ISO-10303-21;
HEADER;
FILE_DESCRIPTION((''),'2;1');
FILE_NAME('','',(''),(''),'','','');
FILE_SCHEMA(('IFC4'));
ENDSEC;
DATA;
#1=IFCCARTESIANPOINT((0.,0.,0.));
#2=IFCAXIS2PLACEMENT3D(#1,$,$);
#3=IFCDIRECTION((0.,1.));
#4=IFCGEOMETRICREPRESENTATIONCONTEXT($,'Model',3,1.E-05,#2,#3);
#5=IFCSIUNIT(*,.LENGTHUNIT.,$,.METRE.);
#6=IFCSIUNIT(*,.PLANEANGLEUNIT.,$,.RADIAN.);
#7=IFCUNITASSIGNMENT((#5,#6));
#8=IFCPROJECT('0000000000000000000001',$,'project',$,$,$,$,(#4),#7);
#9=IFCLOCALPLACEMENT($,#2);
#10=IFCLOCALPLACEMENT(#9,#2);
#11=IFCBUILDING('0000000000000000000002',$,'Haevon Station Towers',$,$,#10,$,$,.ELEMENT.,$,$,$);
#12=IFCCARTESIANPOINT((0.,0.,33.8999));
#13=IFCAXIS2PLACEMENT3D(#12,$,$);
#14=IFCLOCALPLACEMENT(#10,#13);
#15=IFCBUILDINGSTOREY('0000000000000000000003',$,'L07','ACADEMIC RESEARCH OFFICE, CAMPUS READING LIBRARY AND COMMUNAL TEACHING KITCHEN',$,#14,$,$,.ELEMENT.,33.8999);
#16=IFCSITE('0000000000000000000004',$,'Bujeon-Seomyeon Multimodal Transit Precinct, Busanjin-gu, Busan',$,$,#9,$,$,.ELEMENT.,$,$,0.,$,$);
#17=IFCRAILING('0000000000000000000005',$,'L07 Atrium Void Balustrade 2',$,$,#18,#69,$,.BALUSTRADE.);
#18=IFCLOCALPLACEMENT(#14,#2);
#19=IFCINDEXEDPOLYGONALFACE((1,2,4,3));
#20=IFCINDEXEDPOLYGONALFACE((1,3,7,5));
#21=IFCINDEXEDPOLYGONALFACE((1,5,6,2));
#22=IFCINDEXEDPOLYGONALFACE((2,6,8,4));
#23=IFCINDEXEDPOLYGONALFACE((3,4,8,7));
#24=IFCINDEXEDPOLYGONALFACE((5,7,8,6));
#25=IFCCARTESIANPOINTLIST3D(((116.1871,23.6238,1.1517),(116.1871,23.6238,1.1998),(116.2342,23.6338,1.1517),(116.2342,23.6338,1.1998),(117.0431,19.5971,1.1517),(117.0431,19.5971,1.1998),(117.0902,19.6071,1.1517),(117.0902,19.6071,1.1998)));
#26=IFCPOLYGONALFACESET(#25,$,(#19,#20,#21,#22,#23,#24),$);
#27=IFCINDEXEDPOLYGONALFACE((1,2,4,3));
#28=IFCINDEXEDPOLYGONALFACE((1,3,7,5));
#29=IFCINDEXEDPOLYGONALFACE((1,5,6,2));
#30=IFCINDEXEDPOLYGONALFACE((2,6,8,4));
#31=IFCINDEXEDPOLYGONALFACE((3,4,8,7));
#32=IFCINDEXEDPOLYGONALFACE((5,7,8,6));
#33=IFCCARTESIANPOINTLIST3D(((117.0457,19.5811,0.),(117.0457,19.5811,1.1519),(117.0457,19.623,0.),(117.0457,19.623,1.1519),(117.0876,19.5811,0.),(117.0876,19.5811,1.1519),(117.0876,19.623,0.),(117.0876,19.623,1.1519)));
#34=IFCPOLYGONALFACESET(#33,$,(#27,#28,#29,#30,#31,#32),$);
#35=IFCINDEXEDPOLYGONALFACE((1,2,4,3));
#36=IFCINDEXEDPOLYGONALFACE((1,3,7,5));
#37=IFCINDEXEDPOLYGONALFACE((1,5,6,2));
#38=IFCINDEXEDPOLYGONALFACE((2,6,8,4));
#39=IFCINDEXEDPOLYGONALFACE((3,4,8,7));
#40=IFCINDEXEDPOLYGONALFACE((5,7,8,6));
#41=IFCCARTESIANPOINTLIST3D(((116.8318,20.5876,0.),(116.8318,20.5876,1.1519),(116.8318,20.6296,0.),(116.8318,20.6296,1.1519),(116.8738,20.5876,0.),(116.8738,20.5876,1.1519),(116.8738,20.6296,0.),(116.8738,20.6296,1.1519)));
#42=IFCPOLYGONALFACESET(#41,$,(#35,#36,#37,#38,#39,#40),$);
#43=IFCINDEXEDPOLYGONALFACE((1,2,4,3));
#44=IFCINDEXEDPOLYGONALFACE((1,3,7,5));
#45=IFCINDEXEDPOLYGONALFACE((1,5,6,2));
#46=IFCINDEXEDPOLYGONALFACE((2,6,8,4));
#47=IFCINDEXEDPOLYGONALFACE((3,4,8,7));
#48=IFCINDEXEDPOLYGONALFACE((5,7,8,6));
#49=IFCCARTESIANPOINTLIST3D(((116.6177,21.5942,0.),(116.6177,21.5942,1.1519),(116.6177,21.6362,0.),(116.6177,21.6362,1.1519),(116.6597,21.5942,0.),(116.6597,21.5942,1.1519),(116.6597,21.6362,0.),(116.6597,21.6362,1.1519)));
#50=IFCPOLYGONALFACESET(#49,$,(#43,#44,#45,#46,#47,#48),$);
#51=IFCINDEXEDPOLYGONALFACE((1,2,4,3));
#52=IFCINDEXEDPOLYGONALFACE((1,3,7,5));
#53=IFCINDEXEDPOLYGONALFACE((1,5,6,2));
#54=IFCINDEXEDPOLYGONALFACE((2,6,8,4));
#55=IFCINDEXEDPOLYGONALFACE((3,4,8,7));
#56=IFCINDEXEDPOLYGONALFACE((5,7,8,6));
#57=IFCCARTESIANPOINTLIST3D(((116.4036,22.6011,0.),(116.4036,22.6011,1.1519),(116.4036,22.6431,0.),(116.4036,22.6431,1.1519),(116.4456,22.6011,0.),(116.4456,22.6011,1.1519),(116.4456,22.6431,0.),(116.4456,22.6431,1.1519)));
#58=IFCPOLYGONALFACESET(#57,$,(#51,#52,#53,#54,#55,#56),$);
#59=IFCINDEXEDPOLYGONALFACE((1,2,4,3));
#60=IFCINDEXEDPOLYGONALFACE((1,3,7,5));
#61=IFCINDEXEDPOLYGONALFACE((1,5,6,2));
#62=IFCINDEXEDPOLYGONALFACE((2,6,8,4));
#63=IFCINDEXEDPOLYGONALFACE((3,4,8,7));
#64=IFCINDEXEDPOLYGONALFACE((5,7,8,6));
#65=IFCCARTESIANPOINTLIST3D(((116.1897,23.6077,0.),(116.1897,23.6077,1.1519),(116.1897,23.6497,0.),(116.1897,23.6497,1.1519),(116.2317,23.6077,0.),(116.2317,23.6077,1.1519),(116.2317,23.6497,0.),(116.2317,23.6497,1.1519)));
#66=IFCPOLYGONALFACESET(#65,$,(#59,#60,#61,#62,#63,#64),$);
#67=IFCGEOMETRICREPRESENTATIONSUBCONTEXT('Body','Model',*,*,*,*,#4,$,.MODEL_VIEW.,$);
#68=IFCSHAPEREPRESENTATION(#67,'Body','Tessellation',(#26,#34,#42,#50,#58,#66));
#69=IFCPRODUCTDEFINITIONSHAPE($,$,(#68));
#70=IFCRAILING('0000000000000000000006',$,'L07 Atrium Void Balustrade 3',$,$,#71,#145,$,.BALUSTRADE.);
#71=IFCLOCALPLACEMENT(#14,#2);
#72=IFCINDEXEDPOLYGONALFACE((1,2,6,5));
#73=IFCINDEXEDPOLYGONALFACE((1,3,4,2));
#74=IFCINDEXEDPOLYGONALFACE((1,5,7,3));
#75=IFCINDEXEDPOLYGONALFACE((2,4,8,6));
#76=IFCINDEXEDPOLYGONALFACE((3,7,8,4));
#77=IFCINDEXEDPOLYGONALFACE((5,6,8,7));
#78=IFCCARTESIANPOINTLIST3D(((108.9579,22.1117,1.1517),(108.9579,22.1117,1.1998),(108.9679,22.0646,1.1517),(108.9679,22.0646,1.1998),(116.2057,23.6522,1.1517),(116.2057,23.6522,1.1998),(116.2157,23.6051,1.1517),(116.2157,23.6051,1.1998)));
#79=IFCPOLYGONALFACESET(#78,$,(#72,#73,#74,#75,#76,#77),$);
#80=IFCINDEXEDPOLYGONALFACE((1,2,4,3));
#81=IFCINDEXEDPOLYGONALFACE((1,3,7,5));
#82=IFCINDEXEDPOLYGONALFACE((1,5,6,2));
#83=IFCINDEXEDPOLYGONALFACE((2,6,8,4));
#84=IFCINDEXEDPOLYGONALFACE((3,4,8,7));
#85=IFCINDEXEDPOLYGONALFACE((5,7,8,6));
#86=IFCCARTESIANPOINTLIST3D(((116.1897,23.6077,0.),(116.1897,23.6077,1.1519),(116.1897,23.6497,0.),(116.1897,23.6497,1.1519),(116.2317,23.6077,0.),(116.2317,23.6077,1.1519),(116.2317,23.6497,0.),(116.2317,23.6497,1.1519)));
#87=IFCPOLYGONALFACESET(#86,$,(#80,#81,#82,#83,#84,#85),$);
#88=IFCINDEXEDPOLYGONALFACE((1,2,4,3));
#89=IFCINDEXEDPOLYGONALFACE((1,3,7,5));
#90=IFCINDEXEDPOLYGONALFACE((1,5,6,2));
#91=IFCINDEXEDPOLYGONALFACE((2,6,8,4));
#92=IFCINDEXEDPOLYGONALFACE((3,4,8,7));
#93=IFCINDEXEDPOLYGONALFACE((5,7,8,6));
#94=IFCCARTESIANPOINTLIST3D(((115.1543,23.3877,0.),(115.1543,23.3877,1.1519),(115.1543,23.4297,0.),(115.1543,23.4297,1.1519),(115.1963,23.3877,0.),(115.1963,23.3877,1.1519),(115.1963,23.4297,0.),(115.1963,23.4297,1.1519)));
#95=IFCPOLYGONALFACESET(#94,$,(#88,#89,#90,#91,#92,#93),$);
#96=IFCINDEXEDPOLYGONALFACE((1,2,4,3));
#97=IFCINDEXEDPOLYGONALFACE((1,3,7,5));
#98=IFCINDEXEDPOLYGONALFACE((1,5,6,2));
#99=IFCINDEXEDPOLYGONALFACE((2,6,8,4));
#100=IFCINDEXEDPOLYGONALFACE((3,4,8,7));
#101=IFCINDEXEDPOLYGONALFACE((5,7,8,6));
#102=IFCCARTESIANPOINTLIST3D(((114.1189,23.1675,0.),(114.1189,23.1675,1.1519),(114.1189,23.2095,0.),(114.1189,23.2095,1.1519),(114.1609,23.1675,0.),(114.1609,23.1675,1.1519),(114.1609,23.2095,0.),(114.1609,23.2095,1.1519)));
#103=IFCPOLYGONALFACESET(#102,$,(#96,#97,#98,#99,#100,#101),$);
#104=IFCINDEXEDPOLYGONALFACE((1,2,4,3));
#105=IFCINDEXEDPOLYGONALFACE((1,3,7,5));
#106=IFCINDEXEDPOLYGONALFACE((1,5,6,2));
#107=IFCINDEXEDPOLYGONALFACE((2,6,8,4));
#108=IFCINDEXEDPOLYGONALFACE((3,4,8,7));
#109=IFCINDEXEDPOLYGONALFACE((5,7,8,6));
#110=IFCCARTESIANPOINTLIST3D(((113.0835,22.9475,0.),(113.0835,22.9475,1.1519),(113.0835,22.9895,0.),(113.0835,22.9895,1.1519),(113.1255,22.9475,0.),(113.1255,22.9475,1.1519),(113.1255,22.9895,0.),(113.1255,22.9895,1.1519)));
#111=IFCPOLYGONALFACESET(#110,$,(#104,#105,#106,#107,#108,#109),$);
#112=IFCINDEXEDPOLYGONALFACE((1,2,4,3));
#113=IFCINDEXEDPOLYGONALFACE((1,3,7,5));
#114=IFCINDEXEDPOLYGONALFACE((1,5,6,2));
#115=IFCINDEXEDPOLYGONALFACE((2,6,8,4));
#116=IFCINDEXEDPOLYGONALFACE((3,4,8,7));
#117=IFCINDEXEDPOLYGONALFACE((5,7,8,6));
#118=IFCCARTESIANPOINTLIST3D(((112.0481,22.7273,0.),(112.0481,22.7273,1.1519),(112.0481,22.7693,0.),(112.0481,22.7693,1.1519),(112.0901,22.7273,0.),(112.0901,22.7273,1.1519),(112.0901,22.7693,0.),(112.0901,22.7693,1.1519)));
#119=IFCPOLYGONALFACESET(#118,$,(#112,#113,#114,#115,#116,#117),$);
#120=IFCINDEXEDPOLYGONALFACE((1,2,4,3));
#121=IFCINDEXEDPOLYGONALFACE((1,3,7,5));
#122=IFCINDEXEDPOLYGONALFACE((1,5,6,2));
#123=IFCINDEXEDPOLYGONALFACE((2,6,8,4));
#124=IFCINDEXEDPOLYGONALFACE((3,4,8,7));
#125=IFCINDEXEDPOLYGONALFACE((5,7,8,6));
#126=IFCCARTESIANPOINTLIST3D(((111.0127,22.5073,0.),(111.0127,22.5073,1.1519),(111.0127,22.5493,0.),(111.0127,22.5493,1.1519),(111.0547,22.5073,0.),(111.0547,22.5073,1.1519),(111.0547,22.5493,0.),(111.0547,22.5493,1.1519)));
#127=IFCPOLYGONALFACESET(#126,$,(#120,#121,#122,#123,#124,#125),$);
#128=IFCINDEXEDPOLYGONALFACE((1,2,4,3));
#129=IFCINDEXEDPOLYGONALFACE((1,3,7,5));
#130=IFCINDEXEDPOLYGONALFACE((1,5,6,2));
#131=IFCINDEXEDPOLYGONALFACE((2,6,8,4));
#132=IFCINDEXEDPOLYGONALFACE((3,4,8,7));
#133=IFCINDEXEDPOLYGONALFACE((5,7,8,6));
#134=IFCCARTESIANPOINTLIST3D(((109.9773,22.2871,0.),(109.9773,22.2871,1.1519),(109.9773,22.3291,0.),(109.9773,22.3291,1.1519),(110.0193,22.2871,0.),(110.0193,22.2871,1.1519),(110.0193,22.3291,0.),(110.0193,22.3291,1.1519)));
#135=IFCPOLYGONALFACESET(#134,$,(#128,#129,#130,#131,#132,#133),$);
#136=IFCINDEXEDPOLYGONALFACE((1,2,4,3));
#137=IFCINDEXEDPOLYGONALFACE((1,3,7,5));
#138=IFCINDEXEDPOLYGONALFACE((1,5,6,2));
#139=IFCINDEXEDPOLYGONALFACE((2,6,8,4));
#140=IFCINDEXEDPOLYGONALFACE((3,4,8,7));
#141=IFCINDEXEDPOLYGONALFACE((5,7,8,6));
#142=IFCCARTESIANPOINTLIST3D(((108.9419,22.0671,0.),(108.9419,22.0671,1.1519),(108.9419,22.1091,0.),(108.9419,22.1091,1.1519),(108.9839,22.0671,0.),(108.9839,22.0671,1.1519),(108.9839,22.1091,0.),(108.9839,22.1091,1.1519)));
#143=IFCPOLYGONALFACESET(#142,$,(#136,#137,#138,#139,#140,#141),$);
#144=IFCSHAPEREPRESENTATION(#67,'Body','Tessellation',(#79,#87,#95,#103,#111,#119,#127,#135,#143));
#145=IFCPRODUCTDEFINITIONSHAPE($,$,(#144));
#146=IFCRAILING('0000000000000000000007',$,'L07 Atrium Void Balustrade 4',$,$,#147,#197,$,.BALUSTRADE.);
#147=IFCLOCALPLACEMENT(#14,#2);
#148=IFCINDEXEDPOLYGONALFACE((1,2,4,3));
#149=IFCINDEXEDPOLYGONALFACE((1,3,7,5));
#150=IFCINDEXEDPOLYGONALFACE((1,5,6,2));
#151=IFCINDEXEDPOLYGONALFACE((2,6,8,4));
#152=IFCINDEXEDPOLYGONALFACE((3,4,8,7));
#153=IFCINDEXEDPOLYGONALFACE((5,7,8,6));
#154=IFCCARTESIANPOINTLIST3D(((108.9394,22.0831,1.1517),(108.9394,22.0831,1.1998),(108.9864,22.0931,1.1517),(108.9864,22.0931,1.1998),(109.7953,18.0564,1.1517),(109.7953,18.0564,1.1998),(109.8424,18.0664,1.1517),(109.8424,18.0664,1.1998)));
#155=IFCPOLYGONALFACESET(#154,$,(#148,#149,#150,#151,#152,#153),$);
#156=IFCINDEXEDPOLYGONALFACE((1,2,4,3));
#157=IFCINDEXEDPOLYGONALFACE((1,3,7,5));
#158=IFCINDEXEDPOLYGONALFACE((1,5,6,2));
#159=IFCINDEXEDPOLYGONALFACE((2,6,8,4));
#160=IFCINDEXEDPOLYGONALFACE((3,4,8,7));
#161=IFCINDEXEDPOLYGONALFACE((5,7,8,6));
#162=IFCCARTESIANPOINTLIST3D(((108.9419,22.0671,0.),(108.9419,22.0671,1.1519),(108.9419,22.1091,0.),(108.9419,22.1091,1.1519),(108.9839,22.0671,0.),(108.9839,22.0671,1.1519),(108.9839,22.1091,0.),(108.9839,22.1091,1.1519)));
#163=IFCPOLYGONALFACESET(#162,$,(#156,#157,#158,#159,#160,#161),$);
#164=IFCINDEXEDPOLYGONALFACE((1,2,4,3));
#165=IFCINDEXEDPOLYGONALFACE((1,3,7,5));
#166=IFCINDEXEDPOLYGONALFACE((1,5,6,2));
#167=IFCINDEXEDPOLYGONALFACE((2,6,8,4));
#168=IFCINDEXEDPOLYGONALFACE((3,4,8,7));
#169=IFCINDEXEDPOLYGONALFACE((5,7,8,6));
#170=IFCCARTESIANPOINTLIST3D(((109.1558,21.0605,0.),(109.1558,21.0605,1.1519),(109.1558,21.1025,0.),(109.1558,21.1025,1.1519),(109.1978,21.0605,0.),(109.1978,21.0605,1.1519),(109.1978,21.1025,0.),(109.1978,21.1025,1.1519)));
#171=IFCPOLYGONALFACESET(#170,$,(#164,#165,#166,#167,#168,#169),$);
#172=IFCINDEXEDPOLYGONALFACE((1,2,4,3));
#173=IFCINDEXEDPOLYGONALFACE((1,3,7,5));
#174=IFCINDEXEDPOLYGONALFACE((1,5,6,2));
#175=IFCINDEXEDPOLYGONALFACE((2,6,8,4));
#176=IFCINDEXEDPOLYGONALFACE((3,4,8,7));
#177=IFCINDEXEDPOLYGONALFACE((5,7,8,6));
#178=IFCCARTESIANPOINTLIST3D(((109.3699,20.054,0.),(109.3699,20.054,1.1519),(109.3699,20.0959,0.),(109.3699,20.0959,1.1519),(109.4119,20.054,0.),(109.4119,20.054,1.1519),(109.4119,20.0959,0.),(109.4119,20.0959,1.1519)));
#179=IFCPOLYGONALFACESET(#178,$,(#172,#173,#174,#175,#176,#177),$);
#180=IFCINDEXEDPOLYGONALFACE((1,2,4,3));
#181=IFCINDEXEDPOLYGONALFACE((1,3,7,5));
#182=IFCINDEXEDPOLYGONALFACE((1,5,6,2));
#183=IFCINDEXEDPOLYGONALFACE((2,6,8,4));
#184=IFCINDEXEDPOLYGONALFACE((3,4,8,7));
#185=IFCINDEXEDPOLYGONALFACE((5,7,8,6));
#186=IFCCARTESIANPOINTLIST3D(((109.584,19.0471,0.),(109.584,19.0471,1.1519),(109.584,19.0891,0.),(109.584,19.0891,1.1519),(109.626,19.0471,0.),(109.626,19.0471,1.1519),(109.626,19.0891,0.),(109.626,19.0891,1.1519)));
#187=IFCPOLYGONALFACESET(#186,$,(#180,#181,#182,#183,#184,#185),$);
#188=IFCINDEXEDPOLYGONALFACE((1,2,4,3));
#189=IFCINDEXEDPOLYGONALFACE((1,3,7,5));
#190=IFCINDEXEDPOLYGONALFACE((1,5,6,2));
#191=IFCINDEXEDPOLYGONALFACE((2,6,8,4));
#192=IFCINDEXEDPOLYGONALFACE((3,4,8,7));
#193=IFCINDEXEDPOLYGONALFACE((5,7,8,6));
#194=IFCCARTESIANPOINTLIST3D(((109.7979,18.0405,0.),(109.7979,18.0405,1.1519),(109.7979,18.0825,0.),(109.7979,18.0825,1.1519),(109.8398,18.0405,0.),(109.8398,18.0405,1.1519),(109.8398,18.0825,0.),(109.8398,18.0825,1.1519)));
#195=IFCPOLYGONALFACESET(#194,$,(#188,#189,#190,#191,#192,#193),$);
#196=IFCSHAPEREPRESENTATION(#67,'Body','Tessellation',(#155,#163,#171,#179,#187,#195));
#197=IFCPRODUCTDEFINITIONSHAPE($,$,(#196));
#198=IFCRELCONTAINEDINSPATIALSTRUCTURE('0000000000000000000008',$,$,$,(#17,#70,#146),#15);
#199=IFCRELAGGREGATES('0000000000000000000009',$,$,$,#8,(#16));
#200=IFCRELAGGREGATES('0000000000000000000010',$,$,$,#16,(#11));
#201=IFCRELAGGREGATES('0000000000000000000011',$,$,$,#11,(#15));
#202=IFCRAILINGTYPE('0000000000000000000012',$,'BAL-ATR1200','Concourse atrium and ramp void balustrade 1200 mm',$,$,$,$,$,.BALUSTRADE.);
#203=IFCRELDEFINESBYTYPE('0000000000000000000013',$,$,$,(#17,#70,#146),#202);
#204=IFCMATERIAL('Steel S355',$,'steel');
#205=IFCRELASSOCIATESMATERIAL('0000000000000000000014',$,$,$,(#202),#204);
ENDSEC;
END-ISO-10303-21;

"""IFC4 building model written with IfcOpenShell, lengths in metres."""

from ifc_helpers import new_model, si_unit, direction, frame, origin, origin_2d, place, context, subcontext, project, spatial, rectangle, extrude, material, type_object, element, save


model = new_model("IFC4")

# Units and contexts
model_context = context("Model", 3, precision=1e-05, world=origin(), true_north=direction((0.0, 1.0)))
body_context = subcontext(model_context, "Body", "Model", "MODEL_VIEW")
ifc_project = project(units=[si_unit("LENGTHUNIT", "METRE"), si_unit("PLANEANGLEUNIT", "RADIAN")], contexts=[model_context])

# Site, building, storey
site_placement = place(None, origin())
site = spatial("IfcSite", under=ifc_project, at=site_placement, Name="Bujeon-Seomyeon Multimodal Transit Precinct, Busanjin-gu, Busan", CompositionType="ELEMENT", RefElevation=0.0)
building_placement = place(site_placement, origin())
building = spatial("IfcBuilding", under=site, at=building_placement, Name="Haevon Station Towers", CompositionType="ELEMENT")
storey_placement = place(building_placement, frame((0.0, 0.0, 33.8999)))
storey = spatial("IfcBuildingStorey", under=building, at=storey_placement, Name="L07", Description="ACADEMIC RESEARCH OFFICE, CAMPUS READING LIBRARY AND COMMUNAL TEACHING KITCHEN", CompositionType="ELEMENT", Elevation=33.8999)

# Shared definitions
ifc_material_1 = material(Name="Steel S355", Category="steel")

# Railings
railing_type_1 = type_object("IfcRailingType", Name="BAL-ATR1200", Description="Concourse atrium and ramp void balustrade 1200 mm", PredefinedType="BALUSTRADE", material=ifc_material_1)
railing_1_placement = place(storey_placement, frame((117.0667, 19.6021, 0.0)))
element("IfcRailing", 1, at=railing_1_placement, inside=storey, type_object=railing_type_1, Name="L07 Atrium Void Balustrade 2", PredefinedType="BALUSTRADE", context=body_context, shape_type="SweptSolid", body=[
    extrude(rectangle(XDim=0.0481, YDim=0.0481, at=origin_2d()), frame((0.0, 0.0, 1.1758), z_axis=(-0.207929, 0.978144, 0.0), x_axis=(-0.978144, -0.207929, 0.0)), (0.0, 0.0, 1.0), 4.1167),
    extrude(rectangle(XDim=0.042, YDim=0.042, at=origin_2d()), origin(), (0.0, 0.0, 1.0), 1.1519),
    extrude(rectangle(XDim=0.042, YDim=0.042, at=origin_2d()), frame((-0.2139, 1.0066, 0.0)), (0.0, 0.0, 1.0), 1.1519),
    extrude(rectangle(XDim=0.042, YDim=0.042, at=origin_2d()), frame((-0.428, 2.0132, 0.0)), (0.0, 0.0, 1.0), 1.1519),
    extrude(rectangle(XDim=0.042, YDim=0.042, at=origin_2d()), frame((-0.6421, 3.02, 0.0)), (0.0, 0.0, 1.0), 1.1519),
    extrude(rectangle(XDim=0.042, YDim=0.042, at=origin_2d()), frame((-0.856, 4.0266, 0.0)), (0.0, 0.0, 1.0), 1.1519),
])
railing_2_placement = place(storey_placement, frame((116.2107, 23.6287, 0.0)))
element("IfcRailing", 2, at=railing_2_placement, inside=storey, type_object=railing_type_1, Name="L07 Atrium Void Balustrade 3", PredefinedType="BALUSTRADE", context=body_context, shape_type="SweptSolid", body=[
    extrude(rectangle(XDim=0.0481, YDim=0.0481, at=origin_2d()), frame((0.0, 0.0, 1.1758), z_axis=(-0.978149, -0.207906, 0.0), x_axis=(0.207906, -0.978149, 0.0)), (0.0, 0.0, 1.0), 7.4097),
    extrude(rectangle(XDim=0.042, YDim=0.042, at=origin_2d()), origin(), (0.0, 0.0, 1.0), 1.1519),
    extrude(rectangle(XDim=0.042, YDim=0.042, at=origin_2d()), frame((-1.0354, -0.22, 0.0)), (0.0, 0.0, 1.0), 1.1519),
    extrude(rectangle(XDim=0.042, YDim=0.042, at=origin_2d()), frame((-2.0708, -0.4402, 0.0)), (0.0, 0.0, 1.0), 1.1519),
    extrude(rectangle(XDim=0.042, YDim=0.042, at=origin_2d()), frame((-3.1062, -0.6602, 0.0)), (0.0, 0.0, 1.0), 1.1519),
    extrude(rectangle(XDim=0.042, YDim=0.042, at=origin_2d()), frame((-4.1416, -0.8804, 0.0)), (0.0, 0.0, 1.0), 1.1519),
    extrude(rectangle(XDim=0.042, YDim=0.042, at=origin_2d()), frame((-5.177, -1.1003, 0.0)), (0.0, 0.0, 1.0), 1.1519),
    extrude(rectangle(XDim=0.042, YDim=0.042, at=origin_2d()), frame((-6.2124, -1.3206, 0.0)), (0.0, 0.0, 1.0), 1.1519),
    extrude(rectangle(XDim=0.042, YDim=0.042, at=origin_2d()), frame((-7.2478, -1.5405, 0.0)), (0.0, 0.0, 1.0), 1.1519),
])
railing_3_placement = place(storey_placement, frame((108.9629, 22.0881, 0.0)))
element("IfcRailing", 3, at=railing_3_placement, inside=storey, type_object=railing_type_1, Name="L07 Atrium Void Balustrade 4", PredefinedType="BALUSTRADE", context=body_context, shape_type="SweptSolid", body=[
    extrude(rectangle(XDim=0.0481, YDim=0.0481, at=origin_2d()), frame((0.0, 0.0, 1.1758), z_axis=(0.207929, -0.978144, 0.0), x_axis=(0.978144, 0.207929, 0.0)), (0.0, 0.0, 1.0), 4.1167),
    extrude(rectangle(XDim=0.042, YDim=0.042, at=origin_2d()), origin(), (0.0, 0.0, 1.0), 1.1519),
    extrude(rectangle(XDim=0.042, YDim=0.042, at=origin_2d()), frame((0.2139, -1.0066, 0.0)), (0.0, 0.0, 1.0), 1.1519),
    extrude(rectangle(XDim=0.042, YDim=0.042, at=origin_2d()), frame((0.428, -2.0132, 0.0)), (0.0, 0.0, 1.0), 1.1519),
    extrude(rectangle(XDim=0.042, YDim=0.042, at=origin_2d()), frame((0.6421, -3.02, 0.0)), (0.0, 0.0, 1.0), 1.1519),
    extrude(rectangle(XDim=0.042, YDim=0.042, at=origin_2d()), frame((0.856, -4.0266, 0.0)), (0.0, 0.0, 1.0), 1.1519),
])

save(model, "model.ifc")
